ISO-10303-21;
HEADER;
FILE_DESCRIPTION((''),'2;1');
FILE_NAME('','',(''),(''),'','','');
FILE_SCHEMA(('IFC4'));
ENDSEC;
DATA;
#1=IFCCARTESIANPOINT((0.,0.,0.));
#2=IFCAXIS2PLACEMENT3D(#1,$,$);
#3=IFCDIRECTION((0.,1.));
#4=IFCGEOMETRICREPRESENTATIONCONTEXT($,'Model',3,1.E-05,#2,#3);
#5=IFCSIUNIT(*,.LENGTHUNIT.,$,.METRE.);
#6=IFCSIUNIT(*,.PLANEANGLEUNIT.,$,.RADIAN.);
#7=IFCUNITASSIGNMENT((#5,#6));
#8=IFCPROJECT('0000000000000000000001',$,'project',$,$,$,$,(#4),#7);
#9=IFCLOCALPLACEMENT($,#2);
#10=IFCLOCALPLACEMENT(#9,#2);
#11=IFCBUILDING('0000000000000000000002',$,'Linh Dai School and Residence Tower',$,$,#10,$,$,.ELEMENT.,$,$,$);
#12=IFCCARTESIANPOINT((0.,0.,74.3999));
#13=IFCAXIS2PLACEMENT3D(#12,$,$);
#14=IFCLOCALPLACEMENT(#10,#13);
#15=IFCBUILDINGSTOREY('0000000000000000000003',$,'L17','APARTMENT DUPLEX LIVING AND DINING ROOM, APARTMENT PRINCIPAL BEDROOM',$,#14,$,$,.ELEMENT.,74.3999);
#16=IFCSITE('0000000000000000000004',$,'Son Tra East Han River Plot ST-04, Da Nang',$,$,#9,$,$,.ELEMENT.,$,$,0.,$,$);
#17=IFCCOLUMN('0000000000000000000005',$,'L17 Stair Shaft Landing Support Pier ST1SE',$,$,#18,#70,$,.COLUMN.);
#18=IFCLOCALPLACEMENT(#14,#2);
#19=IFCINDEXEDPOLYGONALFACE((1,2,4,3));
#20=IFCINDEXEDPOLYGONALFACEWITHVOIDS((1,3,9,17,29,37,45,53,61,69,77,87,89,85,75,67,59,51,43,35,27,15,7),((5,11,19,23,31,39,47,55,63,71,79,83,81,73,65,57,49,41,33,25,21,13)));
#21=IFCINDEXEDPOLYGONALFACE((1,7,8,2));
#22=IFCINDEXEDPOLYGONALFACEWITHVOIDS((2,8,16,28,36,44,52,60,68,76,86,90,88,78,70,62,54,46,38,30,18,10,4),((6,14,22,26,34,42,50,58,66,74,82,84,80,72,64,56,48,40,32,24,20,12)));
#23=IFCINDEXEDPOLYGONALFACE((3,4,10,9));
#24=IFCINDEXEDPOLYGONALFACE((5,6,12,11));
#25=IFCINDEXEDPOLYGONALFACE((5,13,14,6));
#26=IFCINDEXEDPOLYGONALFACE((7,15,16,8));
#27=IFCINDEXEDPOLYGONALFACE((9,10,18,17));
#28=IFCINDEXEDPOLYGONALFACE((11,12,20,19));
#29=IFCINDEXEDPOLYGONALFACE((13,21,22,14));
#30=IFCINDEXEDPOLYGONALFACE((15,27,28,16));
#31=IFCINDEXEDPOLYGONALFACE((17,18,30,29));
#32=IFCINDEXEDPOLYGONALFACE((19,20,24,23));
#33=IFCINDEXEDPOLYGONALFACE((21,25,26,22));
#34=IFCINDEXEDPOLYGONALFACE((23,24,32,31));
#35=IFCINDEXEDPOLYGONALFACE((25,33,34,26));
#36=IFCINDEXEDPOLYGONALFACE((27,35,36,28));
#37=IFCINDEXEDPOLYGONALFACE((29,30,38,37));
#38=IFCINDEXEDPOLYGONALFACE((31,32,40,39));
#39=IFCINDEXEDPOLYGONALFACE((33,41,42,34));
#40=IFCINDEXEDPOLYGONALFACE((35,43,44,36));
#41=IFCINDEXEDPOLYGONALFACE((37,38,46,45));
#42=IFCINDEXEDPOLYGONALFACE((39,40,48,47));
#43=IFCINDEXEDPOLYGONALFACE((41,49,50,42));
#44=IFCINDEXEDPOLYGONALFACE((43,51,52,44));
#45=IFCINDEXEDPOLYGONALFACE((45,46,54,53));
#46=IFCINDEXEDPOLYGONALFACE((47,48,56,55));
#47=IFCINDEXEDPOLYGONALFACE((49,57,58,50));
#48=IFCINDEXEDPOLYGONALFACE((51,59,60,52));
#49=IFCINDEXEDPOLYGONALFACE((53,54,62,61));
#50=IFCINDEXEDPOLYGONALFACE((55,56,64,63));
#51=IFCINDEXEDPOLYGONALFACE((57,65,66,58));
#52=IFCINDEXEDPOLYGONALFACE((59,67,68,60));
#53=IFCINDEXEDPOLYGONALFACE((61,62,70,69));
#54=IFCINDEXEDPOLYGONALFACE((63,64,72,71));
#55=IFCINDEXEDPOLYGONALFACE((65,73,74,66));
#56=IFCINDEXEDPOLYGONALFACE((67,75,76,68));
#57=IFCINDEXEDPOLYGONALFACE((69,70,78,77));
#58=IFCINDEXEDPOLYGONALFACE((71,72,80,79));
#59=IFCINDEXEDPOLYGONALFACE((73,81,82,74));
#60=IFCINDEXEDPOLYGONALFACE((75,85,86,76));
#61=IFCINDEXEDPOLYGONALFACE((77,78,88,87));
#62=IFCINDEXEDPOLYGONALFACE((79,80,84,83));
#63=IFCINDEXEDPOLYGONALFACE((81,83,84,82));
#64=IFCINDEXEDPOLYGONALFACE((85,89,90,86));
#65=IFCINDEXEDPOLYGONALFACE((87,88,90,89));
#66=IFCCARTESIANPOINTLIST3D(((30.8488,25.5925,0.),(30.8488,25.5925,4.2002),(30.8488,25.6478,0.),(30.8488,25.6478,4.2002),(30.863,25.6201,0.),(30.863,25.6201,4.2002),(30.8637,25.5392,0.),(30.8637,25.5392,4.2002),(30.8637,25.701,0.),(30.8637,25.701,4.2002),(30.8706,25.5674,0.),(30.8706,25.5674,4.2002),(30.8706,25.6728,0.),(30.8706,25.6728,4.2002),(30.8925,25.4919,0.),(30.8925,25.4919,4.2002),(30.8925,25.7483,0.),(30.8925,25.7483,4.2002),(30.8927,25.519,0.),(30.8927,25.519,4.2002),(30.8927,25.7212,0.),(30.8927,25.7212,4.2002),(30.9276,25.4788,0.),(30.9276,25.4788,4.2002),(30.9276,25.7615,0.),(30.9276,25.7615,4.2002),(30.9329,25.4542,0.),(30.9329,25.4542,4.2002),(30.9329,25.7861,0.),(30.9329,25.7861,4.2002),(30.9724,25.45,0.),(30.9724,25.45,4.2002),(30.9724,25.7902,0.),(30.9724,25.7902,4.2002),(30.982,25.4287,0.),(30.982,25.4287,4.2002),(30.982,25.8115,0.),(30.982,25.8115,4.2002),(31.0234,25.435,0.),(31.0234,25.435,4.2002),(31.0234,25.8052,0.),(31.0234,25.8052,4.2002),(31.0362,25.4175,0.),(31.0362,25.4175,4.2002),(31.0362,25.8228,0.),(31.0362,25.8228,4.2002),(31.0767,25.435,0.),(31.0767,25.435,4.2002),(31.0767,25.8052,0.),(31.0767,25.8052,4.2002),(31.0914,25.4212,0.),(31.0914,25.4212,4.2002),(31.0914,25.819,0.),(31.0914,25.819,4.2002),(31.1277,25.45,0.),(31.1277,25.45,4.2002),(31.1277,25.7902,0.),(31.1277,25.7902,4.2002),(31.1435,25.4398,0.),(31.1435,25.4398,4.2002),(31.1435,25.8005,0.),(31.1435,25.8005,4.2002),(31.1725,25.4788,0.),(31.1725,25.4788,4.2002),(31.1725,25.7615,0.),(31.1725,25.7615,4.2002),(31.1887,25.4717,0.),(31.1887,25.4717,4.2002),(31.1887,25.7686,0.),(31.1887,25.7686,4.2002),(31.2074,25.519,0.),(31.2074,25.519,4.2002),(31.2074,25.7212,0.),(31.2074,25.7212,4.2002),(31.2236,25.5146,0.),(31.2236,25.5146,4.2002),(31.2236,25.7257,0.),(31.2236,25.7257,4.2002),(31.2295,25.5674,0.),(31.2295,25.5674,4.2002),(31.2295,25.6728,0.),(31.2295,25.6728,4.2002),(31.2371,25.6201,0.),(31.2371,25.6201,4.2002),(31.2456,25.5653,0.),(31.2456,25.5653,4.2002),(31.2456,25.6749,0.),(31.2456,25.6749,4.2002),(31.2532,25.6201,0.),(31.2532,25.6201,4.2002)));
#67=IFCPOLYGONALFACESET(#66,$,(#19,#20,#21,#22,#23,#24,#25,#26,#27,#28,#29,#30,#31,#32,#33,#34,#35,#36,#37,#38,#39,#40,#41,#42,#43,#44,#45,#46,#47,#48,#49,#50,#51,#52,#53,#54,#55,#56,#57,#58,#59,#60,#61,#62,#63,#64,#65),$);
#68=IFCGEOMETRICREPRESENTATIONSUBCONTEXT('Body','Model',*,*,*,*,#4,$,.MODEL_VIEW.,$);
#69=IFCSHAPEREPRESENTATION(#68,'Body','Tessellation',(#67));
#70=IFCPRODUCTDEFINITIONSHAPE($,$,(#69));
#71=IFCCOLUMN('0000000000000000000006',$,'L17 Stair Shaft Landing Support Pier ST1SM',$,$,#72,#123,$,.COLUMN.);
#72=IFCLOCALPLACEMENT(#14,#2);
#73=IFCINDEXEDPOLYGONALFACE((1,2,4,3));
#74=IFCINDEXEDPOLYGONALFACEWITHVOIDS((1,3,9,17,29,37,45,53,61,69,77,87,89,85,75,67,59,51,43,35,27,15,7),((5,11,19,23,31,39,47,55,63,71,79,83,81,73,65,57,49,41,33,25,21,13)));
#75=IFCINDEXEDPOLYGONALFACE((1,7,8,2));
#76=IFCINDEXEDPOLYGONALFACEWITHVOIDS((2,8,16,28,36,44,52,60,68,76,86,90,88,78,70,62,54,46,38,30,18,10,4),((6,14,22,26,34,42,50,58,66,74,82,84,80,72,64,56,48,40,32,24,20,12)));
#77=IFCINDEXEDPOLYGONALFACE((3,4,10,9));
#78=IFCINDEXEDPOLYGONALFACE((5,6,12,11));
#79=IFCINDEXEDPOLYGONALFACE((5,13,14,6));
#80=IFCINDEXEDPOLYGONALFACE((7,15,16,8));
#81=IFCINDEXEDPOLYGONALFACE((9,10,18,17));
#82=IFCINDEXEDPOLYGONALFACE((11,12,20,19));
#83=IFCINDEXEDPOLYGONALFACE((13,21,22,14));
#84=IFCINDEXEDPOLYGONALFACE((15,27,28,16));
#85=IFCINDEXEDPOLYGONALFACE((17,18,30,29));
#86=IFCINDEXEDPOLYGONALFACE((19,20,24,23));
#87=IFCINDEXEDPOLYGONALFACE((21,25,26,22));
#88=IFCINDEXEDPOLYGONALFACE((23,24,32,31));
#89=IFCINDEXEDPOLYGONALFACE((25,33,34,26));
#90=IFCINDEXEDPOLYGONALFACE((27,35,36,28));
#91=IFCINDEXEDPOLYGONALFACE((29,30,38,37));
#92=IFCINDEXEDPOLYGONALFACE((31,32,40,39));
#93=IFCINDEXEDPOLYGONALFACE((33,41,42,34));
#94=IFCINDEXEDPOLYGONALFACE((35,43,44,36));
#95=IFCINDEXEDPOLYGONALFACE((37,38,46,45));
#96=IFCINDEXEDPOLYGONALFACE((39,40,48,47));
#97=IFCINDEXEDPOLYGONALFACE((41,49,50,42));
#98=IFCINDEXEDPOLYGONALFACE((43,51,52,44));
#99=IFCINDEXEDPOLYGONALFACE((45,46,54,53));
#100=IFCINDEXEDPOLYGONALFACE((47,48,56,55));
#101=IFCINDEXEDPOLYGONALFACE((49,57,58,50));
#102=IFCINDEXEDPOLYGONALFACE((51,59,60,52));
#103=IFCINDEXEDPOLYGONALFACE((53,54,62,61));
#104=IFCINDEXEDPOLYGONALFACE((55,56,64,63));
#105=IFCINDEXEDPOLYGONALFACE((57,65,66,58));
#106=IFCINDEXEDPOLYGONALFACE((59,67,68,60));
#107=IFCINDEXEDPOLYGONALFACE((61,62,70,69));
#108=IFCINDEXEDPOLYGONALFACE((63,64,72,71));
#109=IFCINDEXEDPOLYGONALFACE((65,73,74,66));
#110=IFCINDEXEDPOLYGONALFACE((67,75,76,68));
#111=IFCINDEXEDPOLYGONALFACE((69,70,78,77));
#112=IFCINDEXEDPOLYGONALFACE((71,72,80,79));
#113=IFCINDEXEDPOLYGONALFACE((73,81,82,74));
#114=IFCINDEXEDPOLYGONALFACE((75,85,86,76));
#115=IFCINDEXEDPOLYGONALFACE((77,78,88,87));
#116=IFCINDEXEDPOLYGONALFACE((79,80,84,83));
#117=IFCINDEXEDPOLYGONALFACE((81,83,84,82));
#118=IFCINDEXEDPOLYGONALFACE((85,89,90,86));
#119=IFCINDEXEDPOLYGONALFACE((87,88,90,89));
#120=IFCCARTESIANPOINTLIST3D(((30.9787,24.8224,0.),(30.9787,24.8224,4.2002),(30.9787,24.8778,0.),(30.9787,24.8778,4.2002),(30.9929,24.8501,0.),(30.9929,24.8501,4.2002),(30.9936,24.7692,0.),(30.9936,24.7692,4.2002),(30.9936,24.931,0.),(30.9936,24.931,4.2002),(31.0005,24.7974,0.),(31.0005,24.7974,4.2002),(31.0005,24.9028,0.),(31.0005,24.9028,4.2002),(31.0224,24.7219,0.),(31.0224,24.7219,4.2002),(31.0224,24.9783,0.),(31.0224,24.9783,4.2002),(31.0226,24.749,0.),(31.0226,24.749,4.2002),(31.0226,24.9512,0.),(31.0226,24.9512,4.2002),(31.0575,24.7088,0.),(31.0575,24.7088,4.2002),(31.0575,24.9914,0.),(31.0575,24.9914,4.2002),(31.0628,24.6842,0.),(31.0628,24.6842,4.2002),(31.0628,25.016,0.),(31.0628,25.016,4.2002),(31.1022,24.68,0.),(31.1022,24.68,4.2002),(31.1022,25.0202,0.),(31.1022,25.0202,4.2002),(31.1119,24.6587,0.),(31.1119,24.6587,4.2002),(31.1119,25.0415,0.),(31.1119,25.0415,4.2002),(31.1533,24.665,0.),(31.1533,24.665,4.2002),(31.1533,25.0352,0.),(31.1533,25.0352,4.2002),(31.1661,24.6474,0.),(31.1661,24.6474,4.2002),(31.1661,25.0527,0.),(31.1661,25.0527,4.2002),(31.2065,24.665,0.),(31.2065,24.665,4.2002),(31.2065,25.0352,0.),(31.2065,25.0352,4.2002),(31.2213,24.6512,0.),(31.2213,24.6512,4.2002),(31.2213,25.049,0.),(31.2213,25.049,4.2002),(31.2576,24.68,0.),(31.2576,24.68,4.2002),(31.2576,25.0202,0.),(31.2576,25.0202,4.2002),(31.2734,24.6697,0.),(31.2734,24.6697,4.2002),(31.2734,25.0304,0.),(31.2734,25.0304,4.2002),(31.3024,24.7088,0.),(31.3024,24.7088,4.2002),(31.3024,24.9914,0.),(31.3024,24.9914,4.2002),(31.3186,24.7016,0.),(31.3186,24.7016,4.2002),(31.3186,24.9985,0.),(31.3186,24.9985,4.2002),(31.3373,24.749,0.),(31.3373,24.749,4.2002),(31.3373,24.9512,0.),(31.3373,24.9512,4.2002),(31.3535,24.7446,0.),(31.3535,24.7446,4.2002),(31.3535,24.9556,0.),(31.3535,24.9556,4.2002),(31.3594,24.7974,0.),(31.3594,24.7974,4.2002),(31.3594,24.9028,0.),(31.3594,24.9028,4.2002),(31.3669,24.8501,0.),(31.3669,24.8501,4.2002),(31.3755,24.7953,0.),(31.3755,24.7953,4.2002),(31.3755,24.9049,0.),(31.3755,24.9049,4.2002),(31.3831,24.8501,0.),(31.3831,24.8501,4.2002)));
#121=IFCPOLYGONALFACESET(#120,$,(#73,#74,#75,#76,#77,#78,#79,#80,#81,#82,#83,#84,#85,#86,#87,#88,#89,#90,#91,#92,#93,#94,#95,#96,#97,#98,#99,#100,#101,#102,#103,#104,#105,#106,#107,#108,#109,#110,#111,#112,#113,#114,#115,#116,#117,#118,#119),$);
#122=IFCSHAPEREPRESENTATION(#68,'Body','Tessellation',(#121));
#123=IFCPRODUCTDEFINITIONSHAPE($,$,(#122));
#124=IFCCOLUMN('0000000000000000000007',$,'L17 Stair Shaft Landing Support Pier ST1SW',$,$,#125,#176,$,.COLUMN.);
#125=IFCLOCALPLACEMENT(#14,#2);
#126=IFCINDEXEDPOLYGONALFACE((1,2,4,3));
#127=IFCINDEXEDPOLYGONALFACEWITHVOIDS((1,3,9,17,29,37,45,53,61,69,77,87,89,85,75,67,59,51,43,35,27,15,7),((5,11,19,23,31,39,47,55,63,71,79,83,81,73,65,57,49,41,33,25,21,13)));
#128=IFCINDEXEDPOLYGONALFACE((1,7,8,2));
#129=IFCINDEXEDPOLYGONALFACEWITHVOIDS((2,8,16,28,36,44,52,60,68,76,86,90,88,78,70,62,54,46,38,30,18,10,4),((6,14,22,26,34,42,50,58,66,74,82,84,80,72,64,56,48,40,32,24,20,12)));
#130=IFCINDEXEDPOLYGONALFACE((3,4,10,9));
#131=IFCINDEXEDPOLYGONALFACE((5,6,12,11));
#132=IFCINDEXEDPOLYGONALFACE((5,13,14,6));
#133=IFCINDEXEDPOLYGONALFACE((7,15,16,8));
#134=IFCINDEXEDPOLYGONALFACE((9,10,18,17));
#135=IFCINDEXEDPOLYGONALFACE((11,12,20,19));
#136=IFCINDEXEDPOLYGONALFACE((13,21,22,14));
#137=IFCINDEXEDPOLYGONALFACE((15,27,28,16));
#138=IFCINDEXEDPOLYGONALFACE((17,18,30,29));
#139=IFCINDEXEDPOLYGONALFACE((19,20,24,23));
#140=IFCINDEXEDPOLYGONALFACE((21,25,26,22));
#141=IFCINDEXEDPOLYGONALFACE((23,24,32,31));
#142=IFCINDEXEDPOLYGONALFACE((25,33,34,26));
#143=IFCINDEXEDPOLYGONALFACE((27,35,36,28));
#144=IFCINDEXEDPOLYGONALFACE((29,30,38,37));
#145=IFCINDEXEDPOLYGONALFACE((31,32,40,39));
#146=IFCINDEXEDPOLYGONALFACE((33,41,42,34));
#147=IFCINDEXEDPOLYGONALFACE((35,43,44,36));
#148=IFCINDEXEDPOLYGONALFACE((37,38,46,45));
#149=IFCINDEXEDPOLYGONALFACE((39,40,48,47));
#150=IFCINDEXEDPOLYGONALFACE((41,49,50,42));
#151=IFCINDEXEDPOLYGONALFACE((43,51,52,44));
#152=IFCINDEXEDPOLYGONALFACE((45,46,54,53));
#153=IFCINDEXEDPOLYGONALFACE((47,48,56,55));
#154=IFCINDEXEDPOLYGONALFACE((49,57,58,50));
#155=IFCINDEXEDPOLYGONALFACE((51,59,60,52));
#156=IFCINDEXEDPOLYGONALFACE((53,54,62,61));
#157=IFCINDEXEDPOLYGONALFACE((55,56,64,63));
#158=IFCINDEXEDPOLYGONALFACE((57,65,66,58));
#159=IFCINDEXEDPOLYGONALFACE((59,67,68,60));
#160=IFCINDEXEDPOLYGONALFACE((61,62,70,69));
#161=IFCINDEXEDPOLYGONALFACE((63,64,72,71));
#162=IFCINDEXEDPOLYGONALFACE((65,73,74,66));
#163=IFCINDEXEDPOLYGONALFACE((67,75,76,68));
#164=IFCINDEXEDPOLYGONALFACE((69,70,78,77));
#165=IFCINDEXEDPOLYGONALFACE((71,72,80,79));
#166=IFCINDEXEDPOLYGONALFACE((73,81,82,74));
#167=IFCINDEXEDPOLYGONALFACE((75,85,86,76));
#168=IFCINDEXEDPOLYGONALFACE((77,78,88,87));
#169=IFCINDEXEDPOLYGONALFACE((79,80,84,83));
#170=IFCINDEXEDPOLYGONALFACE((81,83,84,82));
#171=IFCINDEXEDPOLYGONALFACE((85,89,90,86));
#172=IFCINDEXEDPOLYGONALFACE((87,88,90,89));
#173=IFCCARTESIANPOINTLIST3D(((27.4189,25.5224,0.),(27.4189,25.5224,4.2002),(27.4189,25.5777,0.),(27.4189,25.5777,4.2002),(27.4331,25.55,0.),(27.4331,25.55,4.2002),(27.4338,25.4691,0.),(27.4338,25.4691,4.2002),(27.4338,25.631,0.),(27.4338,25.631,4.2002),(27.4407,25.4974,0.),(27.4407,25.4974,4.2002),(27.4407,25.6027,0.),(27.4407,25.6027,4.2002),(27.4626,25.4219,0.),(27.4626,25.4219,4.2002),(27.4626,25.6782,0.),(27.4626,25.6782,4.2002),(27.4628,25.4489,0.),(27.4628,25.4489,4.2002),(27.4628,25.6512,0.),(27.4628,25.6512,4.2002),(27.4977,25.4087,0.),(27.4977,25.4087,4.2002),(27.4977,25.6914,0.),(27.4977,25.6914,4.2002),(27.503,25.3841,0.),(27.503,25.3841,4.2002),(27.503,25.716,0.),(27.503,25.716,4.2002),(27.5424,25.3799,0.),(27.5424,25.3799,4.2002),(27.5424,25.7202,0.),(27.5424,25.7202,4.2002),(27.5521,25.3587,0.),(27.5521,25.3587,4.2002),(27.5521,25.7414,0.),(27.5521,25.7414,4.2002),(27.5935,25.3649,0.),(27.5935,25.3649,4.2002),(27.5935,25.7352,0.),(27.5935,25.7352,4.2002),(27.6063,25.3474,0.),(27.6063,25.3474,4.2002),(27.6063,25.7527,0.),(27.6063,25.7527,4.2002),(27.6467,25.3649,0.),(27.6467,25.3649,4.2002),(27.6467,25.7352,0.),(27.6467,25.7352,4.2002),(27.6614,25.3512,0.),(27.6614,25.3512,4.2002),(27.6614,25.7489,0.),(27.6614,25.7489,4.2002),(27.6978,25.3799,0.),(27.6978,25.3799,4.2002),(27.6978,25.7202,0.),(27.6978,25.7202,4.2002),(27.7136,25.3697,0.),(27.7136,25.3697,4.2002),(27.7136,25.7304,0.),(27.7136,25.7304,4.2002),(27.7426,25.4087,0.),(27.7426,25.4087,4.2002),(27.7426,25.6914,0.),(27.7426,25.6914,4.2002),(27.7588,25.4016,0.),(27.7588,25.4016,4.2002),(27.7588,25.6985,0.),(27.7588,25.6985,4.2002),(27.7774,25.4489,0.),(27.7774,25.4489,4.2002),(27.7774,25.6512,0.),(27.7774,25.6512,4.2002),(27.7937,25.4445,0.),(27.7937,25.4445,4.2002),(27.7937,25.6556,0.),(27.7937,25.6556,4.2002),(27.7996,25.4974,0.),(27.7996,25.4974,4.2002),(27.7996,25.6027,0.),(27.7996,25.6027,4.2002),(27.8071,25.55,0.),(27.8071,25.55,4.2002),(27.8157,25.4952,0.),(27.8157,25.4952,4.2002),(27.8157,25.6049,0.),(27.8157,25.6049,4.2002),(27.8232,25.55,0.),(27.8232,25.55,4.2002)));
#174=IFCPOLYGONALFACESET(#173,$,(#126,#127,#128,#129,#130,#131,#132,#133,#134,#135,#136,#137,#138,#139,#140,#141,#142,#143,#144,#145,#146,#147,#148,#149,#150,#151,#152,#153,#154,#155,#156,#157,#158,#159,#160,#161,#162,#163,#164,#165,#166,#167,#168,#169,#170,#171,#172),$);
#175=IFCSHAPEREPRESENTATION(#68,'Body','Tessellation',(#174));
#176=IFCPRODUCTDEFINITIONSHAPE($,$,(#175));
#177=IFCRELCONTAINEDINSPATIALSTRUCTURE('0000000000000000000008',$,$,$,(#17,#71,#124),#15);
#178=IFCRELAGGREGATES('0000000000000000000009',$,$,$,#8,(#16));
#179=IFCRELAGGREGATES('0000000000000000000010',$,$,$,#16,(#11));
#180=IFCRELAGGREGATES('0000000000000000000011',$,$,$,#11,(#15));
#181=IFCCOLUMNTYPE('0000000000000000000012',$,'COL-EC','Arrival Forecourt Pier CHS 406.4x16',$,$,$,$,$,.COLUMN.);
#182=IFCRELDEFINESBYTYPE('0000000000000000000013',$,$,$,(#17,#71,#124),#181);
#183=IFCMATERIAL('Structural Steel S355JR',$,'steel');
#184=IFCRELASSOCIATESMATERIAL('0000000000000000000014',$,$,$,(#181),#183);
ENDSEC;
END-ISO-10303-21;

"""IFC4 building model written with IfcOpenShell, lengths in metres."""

from ifc_helpers import new_model, si_unit, direction, frame, origin, origin_2d, place, context, subcontext, project, spatial, hollow_circle, extrude, material, material_profile, profile_set, type_object, element, save


model = new_model("IFC4")

# Units and contexts
model_context = context("Model", 3, precision=1e-05, world=origin(), true_north=direction((0.0, 1.0)))
body_context = subcontext(model_context, "Body", "Model", "MODEL_VIEW")
ifc_project = project(units=[si_unit("LENGTHUNIT", "METRE"), si_unit("PLANEANGLEUNIT", "RADIAN")], contexts=[model_context])

# Site, building, storey
site_placement = place(None, origin())
site = spatial("IfcSite", under=ifc_project, at=site_placement, Name="Son Tra East Han River Plot ST-04, Da Nang", CompositionType="ELEMENT", RefElevation=0.0)
building_placement = place(site_placement, origin())
building = spatial("IfcBuilding", under=site, at=building_placement, Name="Linh Dai School and Residence Tower", CompositionType="ELEMENT")
storey_placement = place(building_placement, frame((0.0, 0.0, 74.3999)))
storey = spatial("IfcBuildingStorey", under=building, at=storey_placement, Name="L17", Description="APARTMENT DUPLEX LIVING AND DINING ROOM, APARTMENT PRINCIPAL BEDROOM", CompositionType="ELEMENT", Elevation=74.3999)

# Columns
ifc_material_1 = material(Name="Structural Steel S355JR", Category="steel")
ifc_material_profile_1 = material_profile(ifc_material_1, hollow_circle(Radius=0.2031, WallThickness=0.0161, at=origin_2d()), Name="CHS 406.4x16")
ifc_profile_set_1 = profile_set([ifc_material_profile_1], Name="Structural Steel S355JR")
column_type = type_object("IfcColumnType", Name="COL-EC", Description="Arrival Forecourt Pier CHS 406.4x16", PredefinedType="COLUMN", material=ifc_profile_set_1)
for number, where, z_axis, x_axis, name in (
    (1, (31.05, 25.6201, 0.0), (0.0, 0.0, 1.0), (1.0, 0.0, 0.0), "L17 Stair Shaft Landing Support Pier ST1SE"),
    (2, (31.1799, 24.8501, 0.0), (0.0, 0.0, 1.0), (1.0, 0.0, 0.0), "L17 Stair Shaft Landing Support Pier ST1SM"),
    (3, (27.6201, 25.55, 0.0), (0.0, 0.0, 1.0), (1.0, 0.0, 0.0), "L17 Stair Shaft Landing Support Pier ST1SW"),
):
    element("IfcColumn", number, at=place(storey_placement, frame(where, z_axis=z_axis, x_axis=x_axis)), inside=storey, type_object=column_type, Name=name, PredefinedType="COLUMN", context=body_context, shape_type="SweptSolid", body=[
        extrude(hollow_circle(Radius=0.2031, WallThickness=0.0161, at=origin_2d()), origin(), (0.0, 0.0, 1.0), 4.2002),
    ])

save(model, "model.ifc")
